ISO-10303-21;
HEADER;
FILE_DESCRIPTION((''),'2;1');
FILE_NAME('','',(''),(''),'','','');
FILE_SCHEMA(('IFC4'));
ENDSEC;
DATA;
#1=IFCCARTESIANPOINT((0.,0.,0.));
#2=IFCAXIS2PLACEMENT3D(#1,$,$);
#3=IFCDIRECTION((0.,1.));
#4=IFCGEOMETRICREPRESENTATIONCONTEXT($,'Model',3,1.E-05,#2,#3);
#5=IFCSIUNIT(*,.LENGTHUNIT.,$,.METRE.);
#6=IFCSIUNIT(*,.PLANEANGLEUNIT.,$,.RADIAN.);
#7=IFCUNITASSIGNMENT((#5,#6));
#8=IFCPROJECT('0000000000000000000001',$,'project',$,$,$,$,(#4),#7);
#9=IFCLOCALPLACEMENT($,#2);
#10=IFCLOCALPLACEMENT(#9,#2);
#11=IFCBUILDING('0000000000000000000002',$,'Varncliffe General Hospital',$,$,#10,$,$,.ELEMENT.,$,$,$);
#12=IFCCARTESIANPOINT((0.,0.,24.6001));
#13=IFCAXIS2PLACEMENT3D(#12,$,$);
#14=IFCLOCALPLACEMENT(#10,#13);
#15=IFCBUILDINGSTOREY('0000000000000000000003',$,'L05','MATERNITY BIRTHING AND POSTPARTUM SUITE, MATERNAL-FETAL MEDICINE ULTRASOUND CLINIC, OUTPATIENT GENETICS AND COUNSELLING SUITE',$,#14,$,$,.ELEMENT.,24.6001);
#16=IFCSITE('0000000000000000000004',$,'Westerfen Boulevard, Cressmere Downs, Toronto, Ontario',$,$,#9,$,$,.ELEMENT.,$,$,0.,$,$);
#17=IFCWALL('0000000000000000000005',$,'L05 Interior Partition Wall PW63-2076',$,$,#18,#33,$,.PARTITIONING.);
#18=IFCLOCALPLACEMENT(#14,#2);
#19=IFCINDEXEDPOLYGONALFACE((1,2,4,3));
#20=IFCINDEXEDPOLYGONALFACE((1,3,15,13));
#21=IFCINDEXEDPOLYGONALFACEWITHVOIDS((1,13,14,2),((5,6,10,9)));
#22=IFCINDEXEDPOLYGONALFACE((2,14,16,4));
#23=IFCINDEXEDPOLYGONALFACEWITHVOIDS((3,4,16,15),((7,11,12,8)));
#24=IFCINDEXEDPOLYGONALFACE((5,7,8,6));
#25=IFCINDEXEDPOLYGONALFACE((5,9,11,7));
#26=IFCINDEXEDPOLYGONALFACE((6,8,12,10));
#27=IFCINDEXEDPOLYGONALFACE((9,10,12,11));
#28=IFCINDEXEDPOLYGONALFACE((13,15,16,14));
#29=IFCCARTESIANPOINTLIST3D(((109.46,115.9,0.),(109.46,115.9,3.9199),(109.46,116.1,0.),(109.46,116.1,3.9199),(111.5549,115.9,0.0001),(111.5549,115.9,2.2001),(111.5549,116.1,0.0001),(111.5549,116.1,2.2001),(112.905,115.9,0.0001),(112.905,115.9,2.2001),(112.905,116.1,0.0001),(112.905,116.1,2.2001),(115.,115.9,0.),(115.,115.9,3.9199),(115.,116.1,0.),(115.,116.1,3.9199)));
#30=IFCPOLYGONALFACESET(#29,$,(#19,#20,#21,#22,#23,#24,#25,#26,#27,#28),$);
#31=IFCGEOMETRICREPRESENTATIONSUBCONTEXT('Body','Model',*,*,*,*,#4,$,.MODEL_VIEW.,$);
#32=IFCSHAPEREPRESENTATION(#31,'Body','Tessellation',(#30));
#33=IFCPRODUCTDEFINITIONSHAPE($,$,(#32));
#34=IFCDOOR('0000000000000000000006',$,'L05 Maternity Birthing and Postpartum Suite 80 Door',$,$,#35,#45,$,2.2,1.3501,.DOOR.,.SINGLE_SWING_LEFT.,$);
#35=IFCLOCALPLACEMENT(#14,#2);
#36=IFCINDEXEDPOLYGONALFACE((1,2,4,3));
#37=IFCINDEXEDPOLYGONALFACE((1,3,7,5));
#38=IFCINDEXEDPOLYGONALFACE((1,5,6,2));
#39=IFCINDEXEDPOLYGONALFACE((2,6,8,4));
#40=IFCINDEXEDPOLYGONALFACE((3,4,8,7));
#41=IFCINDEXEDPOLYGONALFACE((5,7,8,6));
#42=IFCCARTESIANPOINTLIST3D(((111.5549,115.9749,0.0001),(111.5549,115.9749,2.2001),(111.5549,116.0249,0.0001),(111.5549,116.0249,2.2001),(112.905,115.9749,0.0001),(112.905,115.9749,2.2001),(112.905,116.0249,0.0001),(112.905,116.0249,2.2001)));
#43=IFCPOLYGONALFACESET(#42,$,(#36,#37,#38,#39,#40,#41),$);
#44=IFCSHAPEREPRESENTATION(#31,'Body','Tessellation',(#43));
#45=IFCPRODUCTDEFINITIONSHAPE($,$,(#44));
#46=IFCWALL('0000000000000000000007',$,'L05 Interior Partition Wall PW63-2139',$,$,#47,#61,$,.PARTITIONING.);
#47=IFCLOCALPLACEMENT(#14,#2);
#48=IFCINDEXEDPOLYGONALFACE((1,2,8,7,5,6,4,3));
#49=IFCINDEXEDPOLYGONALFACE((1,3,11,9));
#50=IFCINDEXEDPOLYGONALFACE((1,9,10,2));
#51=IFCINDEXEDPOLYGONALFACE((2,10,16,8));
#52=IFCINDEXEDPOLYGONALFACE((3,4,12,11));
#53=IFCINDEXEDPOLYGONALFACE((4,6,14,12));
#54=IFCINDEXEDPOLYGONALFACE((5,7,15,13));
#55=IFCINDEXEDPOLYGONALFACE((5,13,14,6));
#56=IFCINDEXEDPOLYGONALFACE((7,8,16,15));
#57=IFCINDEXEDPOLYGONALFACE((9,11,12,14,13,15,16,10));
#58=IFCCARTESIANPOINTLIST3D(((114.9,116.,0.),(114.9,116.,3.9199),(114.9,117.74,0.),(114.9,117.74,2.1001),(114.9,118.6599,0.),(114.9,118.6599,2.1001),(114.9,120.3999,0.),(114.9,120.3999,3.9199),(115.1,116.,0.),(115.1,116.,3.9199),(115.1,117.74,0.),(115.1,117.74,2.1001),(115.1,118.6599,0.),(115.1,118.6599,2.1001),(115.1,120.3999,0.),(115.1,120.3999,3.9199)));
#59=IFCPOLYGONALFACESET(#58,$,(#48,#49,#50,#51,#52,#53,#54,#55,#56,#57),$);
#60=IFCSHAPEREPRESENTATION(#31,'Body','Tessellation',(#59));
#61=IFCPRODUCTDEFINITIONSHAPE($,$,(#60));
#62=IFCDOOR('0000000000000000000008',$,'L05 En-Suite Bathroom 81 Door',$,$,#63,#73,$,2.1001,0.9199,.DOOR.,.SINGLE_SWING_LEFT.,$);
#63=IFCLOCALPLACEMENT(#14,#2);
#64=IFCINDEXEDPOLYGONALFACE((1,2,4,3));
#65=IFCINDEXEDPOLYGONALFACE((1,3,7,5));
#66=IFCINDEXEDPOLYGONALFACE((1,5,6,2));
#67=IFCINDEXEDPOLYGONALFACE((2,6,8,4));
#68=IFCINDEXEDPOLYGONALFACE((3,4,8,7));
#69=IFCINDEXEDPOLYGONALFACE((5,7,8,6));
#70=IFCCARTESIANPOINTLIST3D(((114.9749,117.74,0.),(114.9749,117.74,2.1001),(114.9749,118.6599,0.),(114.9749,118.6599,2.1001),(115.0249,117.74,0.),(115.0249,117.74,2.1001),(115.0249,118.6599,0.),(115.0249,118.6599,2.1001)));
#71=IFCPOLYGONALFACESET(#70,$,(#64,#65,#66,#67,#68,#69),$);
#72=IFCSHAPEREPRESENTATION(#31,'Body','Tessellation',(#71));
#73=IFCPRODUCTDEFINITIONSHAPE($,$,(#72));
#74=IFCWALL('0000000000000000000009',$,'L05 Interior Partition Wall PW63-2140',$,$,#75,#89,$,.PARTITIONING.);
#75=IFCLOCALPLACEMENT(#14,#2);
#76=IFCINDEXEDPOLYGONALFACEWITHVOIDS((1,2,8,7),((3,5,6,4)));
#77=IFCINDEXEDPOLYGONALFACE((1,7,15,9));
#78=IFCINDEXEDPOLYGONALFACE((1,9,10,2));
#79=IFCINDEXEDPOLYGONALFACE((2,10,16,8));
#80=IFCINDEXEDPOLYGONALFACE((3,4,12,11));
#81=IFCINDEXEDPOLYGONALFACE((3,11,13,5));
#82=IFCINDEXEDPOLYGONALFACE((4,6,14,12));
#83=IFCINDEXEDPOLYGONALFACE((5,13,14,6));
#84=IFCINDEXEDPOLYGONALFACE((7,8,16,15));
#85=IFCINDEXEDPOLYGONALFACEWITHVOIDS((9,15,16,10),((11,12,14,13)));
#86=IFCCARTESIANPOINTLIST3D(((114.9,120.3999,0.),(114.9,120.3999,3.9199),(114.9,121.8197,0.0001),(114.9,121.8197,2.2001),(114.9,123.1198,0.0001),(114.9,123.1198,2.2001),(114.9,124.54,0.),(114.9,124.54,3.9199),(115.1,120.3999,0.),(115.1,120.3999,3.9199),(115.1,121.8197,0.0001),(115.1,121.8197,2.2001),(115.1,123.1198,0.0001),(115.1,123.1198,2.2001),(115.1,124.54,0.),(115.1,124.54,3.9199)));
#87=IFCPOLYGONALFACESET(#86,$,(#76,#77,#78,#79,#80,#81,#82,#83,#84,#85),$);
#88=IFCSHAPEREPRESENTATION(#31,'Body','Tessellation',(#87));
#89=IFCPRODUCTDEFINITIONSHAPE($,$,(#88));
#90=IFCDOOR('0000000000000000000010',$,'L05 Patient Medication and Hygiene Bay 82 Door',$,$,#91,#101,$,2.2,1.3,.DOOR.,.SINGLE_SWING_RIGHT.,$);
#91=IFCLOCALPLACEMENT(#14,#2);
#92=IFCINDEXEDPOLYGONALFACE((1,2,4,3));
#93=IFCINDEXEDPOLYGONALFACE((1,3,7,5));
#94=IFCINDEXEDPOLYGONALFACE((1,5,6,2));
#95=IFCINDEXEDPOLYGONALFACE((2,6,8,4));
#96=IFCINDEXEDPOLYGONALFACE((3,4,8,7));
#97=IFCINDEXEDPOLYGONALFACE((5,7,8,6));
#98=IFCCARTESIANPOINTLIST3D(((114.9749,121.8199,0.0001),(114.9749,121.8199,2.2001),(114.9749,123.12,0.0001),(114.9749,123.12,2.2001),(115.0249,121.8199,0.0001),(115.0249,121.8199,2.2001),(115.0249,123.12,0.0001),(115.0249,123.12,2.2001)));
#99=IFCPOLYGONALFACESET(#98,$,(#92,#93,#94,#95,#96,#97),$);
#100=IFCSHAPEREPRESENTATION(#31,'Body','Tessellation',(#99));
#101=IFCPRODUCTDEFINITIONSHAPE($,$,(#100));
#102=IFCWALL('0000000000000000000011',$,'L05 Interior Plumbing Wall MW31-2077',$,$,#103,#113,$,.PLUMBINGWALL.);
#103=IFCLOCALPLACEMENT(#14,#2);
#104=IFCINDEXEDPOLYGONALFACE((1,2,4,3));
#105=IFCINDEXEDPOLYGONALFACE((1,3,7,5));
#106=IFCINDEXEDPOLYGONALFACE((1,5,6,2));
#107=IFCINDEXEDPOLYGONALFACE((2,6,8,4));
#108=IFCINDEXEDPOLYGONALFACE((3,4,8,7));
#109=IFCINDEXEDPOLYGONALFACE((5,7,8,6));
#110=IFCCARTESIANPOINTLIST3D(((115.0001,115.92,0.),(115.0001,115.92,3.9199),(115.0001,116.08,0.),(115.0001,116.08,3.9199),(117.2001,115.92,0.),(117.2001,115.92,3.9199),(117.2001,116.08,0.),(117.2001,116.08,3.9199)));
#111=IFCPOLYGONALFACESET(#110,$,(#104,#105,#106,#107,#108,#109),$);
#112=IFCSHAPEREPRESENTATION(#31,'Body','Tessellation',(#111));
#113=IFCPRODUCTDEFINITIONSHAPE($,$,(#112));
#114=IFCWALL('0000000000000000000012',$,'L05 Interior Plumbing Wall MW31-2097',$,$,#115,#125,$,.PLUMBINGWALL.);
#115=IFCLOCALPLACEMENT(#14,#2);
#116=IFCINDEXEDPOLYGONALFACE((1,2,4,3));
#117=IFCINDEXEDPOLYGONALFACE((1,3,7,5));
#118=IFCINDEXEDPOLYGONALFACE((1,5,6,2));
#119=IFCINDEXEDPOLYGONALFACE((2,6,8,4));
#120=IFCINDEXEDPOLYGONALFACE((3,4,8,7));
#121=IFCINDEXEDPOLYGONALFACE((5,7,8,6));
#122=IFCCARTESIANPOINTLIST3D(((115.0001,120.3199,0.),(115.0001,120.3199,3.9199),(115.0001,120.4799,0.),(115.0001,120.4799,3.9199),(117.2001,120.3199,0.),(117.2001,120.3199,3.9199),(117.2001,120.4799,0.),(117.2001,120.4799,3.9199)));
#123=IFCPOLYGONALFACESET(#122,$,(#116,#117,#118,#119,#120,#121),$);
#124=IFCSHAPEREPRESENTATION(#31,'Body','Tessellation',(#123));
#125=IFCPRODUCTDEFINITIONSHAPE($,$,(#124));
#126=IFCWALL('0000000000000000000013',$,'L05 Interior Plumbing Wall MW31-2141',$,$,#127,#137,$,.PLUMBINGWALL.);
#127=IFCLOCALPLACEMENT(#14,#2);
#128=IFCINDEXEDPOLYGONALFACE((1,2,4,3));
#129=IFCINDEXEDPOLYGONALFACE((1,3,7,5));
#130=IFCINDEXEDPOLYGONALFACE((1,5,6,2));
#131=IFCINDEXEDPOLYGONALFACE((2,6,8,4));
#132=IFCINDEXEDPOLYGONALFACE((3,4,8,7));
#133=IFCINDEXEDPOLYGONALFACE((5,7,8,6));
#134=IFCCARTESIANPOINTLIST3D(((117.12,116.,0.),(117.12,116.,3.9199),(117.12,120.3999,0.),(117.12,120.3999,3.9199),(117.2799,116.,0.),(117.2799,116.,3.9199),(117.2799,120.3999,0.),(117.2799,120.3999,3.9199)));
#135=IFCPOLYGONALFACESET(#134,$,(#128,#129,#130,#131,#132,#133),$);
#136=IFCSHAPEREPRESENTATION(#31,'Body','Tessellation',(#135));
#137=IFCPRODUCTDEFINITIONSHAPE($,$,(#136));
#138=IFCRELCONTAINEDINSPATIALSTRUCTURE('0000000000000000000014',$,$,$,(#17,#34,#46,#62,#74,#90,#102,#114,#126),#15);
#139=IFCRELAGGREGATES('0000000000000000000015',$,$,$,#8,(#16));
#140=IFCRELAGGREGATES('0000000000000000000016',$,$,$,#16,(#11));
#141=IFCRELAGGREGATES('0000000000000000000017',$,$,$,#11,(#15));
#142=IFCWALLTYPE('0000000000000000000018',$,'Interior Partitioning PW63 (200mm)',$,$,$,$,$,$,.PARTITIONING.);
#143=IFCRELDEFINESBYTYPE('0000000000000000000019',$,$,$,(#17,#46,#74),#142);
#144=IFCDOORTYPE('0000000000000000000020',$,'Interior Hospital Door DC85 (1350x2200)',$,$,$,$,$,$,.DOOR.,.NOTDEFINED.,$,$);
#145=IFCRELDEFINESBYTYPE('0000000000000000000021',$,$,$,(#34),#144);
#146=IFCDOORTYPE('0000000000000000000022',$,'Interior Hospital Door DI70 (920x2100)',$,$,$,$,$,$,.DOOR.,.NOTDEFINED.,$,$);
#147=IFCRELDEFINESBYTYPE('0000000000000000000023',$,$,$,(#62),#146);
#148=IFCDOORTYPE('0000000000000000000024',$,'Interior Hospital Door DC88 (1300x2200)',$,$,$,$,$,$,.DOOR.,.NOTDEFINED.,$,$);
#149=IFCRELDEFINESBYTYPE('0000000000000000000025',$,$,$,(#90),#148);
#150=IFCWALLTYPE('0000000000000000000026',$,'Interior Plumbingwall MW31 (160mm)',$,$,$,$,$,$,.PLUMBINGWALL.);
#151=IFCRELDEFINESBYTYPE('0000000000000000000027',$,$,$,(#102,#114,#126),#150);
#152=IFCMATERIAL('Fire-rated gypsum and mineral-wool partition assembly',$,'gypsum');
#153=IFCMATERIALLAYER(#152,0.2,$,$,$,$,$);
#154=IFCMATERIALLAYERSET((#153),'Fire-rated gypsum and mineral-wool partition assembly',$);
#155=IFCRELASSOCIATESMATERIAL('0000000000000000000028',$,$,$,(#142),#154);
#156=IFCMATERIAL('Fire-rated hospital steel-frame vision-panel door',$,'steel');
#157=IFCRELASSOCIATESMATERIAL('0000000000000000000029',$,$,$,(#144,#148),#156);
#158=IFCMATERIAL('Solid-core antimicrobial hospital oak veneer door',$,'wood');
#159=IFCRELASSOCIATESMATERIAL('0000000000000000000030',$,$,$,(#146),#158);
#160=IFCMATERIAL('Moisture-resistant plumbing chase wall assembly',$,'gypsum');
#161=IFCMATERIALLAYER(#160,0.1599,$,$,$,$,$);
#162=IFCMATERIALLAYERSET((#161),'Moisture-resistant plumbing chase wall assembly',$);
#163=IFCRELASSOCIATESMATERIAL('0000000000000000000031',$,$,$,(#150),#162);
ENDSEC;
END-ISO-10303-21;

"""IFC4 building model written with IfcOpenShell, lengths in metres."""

from ifc_helpers import new_model, si_unit, direction, frame, frame_2d, origin, place, context, subcontext, project, spatial, rectangle, extrude, material, layer, layer_set, type_object, element, fill, save


model = new_model("IFC4")

# Units and contexts
model_context = context("Model", 3, precision=1e-05, world=origin(), true_north=direction((0.0, 1.0)))
body_context = subcontext(model_context, "Body", "Model", "MODEL_VIEW")
ifc_project = project(units=[si_unit("LENGTHUNIT", "METRE"), si_unit("PLANEANGLEUNIT", "RADIAN")], contexts=[model_context])

# Site, building, storey
site_placement = place(None, origin())
site = spatial("IfcSite", under=ifc_project, at=site_placement, Name="Westerfen Boulevard, Cressmere Downs, Toronto, Ontario", CompositionType="ELEMENT", RefElevation=0.0)
building_placement = place(site_placement, origin())
building = spatial("IfcBuilding", under=site, at=building_placement, Name="Varncliffe General Hospital", CompositionType="ELEMENT")
storey_placement = place(building_placement, frame((0.0, 0.0, 24.6001)))
storey = spatial("IfcBuildingStorey", under=building, at=storey_placement, Name="L05", Description="MATERNITY BIRTHING AND POSTPARTUM SUITE, MATERNAL-FETAL MEDICINE ULTRASOUND CLINIC, OUTPATIENT GENETICS AND COUNSELLING SUITE", CompositionType="ELEMENT", Elevation=24.6001)

# Walls, openings, doors
ifc_material_1 = material(Name="Fire-rated gypsum and mineral-wool partition assembly", Category="gypsum")
ifc_layer_1 = layer(ifc_material_1, 0.2)
ifc_layer_set_1 = layer_set([ifc_layer_1], Name="Fire-rated gypsum and mineral-wool partition assembly")
wall_type_1 = type_object("IfcWallType", Name="Interior Partitioning PW63 (200mm)", PredefinedType="PARTITIONING", material=ifc_layer_set_1)
ifc_material_2 = material(Name="Fire-rated hospital steel-frame vision-panel door", Category="steel")
wall_1_placement = place(storey_placement, frame((109.46, 116.0, 0.0), z_axis=(0.0, 0.0, 1.0), x_axis=(1.0, 0.0, 0.0)))
wall_1 = element("IfcWall", 1, at=wall_1_placement, inside=storey, type_object=wall_type_1, Name="L05 Interior Partition Wall PW63-2076", PredefinedType="PARTITIONING", context=body_context, shape_type="SweptSolid", body=[
    extrude(rectangle(XDim=5.54, YDim=0.2, at=frame_2d((2.77, 0.0))), origin(), (0.0, 0.0, 1.0), 3.9199),
])
opening_1_placement = place(wall_1_placement, frame((2.095, 0.0, 0.0)))
opening_1 = element("IfcOpeningElement", 2, at=opening_1_placement, cuts=wall_1, PredefinedType="OPENING", context=body_context, shape_type="SweptSolid", body=[
    extrude(rectangle(XDim=1.3501, YDim=2.2, at=frame_2d((0.675, 1.1001))), frame((0.0, 0.1099, 0.0), z_axis=(0.0, -1.0, 0.0), x_axis=(1.0, 0.0, 0.0)), (0.0, 0.0, 1.0), 0.22),
])
door_type_1 = type_object("IfcDoorType", Name="Interior Hospital Door DC85 (1350x2200)", OperationType="NOTDEFINED", PredefinedType="DOOR", material=ifc_material_2)
door_1_placement = place(opening_1_placement, origin())
door_1 = element("IfcDoor", 3, at=door_1_placement, inside=storey, type_object=door_type_1, Name="L05 Maternity Birthing and Postpartum Suite 80 Door", OperationType="SINGLE_SWING_LEFT", OverallHeight=2.2, OverallWidth=1.3501, PredefinedType="DOOR", context=body_context, shape_type="SweptSolid", body=[
    extrude(rectangle(XDim=1.3501, YDim=2.2, at=frame_2d((0.675, 1.1001))), frame((0.0, 0.0249, 0.0), z_axis=(0.0, -1.0, 0.0), x_axis=(1.0, 0.0, 0.0)), (0.0, 0.0, 1.0), 0.05),
])
fill(opening_1, door_1)
wall_2_placement = place(storey_placement, frame((115.0, 116.0, 0.0), z_axis=(0.0, 0.0, 1.0), x_axis=(0.0, 1.0, 0.0)))
wall_2 = element("IfcWall", 4, at=wall_2_placement, inside=storey, type_object=wall_type_1, Name="L05 Interior Partition Wall PW63-2139", PredefinedType="PARTITIONING", context=body_context, shape_type="SweptSolid", body=[
    extrude(rectangle(XDim=4.3999, YDim=0.2, at=frame_2d((2.2, 0.0))), origin(), (0.0, 0.0, 1.0), 3.9199),
])
opening_2_placement = place(wall_2_placement, frame((1.74, 0.0, 0.0)))
opening_2 = element("IfcOpeningElement", 5, at=opening_2_placement, cuts=wall_2, PredefinedType="OPENING", context=body_context, shape_type="SweptSolid", body=[
    extrude(rectangle(XDim=0.9199, YDim=2.1001, at=frame_2d((0.46, 1.05))), frame((0.0, 0.1099, 0.0), z_axis=(0.0, -1.0, 0.0), x_axis=(1.0, 0.0, 0.0)), (0.0, 0.0, 1.0), 0.22),
])
ifc_material_3 = material(Name="Solid-core antimicrobial hospital oak veneer door", Category="wood")
door_type_2 = type_object("IfcDoorType", Name="Interior Hospital Door DI70 (920x2100)", OperationType="NOTDEFINED", PredefinedType="DOOR", material=ifc_material_3)
door_2_placement = place(opening_2_placement, frame((0.9199, 0.0, 0.0), z_axis=(0.0, 0.0, 1.0), x_axis=(-1.0, 0.0, 0.0)))
door_2 = element("IfcDoor", 6, at=door_2_placement, inside=storey, type_object=door_type_2, Name="L05 En-Suite Bathroom 81 Door", OperationType="SINGLE_SWING_LEFT", OverallHeight=2.1001, OverallWidth=0.9199, PredefinedType="DOOR", context=body_context, shape_type="SweptSolid", body=[
    extrude(rectangle(XDim=0.9199, YDim=2.1001, at=frame_2d((0.46, 1.05))), frame((0.0, 0.0249, 0.0), z_axis=(0.0, -1.0, 0.0), x_axis=(1.0, 0.0, 0.0)), (0.0, 0.0, 1.0), 0.05),
])
fill(opening_2, door_2)
wall_3_placement = place(storey_placement, frame((115.0, 120.3999, 0.0), z_axis=(0.0, 0.0, 1.0), x_axis=(0.0, 1.0, 0.0)))
wall_3 = element("IfcWall", 7, at=wall_3_placement, inside=storey, type_object=wall_type_1, Name="L05 Interior Partition Wall PW63-2140", PredefinedType="PARTITIONING", context=body_context, shape_type="SweptSolid", body=[
    extrude(rectangle(XDim=4.1401, YDim=0.2, at=frame_2d((2.0701, 0.0))), origin(), (0.0, 0.0, 1.0), 3.9199),
])
opening_3_placement = place(wall_3_placement, frame((1.4199, 0.0, 0.0)))
opening_3 = element("IfcOpeningElement", 8, at=opening_3_placement, cuts=wall_3, PredefinedType="OPENING", context=body_context, shape_type="SweptSolid", body=[
    extrude(rectangle(XDim=1.3, YDim=2.2, at=frame_2d((0.6499, 1.1001))), frame((0.0, 0.1099, 0.0), z_axis=(0.0, -1.0, 0.0), x_axis=(1.0, 0.0, 0.0)), (0.0, 0.0, 1.0), 0.22),
])
door_type_3 = type_object("IfcDoorType", Name="Interior Hospital Door DC88 (1300x2200)", OperationType="NOTDEFINED", PredefinedType="DOOR", material=ifc_material_2)
door_3_placement = place(opening_3_placement, frame((1.3, 0.0, 0.0), z_axis=(0.0, 0.0, 1.0), x_axis=(-1.0, 0.0, 0.0)))
door_3 = element("IfcDoor", 9, at=door_3_placement, inside=storey, type_object=door_type_3, Name="L05 Patient Medication and Hygiene Bay 82 Door", OperationType="SINGLE_SWING_RIGHT", OverallHeight=2.2, OverallWidth=1.3, PredefinedType="DOOR", context=body_context, shape_type="SweptSolid", body=[
    extrude(rectangle(XDim=1.3, YDim=2.2, at=frame_2d((0.6499, 1.1001))), frame((0.0, 0.0249, 0.0), z_axis=(0.0, -1.0, 0.0), x_axis=(1.0, 0.0, 0.0)), (0.0, 0.0, 1.0), 0.05),
])
fill(opening_3, door_3)

# Walls
ifc_material_4 = material(Name="Moisture-resistant plumbing chase wall assembly", Category="gypsum")
ifc_layer_2 = layer(ifc_material_4, 0.1599)
ifc_layer_set_2 = layer_set([ifc_layer_2], Name="Moisture-resistant plumbing chase wall assembly")
wall_type_2 = type_object("IfcWallType", Name="Interior Plumbingwall MW31 (160mm)", PredefinedType="PLUMBINGWALL", material=ifc_layer_set_2)
for number, where, z_axis, x_axis, name in (
    (10, (115.0, 116.0, 0.0), (0.0, 0.0, 1.0), (1.0, 0.0, 0.0), "L05 Interior Plumbing Wall MW31-2077"),
    (11, (115.0, 120.3999, 0.0), (0.0, 0.0, 1.0), (1.0, 0.0, 0.0), "L05 Interior Plumbing Wall MW31-2097"),
):
    element("IfcWall", number, at=place(storey_placement, frame(where, z_axis=z_axis, x_axis=x_axis)), inside=storey, type_object=wall_type_2, Name=name, PredefinedType="PLUMBINGWALL", context=body_context, shape_type="SweptSolid", body=[
        extrude(rectangle(XDim=2.2, YDim=0.1599, at=frame_2d((1.1001, 0.0))), origin(), (0.0, 0.0, 1.0), 3.9199),
    ])
wall_4_placement = place(storey_placement, frame((117.2, 116.0, 0.0), z_axis=(0.0, 0.0, 1.0), x_axis=(0.0, 1.0, 0.0)))
element("IfcWall", 12, at=wall_4_placement, inside=storey, type_object=wall_type_2, Name="L05 Interior Plumbing Wall MW31-2141", PredefinedType="PLUMBINGWALL", context=body_context, shape_type="SweptSolid", body=[
    extrude(rectangle(XDim=4.3999, YDim=0.1599, at=frame_2d((2.2, 0.0))), origin(), (0.0, 0.0, 1.0), 3.9199),
])

save(model, "model.ifc")
